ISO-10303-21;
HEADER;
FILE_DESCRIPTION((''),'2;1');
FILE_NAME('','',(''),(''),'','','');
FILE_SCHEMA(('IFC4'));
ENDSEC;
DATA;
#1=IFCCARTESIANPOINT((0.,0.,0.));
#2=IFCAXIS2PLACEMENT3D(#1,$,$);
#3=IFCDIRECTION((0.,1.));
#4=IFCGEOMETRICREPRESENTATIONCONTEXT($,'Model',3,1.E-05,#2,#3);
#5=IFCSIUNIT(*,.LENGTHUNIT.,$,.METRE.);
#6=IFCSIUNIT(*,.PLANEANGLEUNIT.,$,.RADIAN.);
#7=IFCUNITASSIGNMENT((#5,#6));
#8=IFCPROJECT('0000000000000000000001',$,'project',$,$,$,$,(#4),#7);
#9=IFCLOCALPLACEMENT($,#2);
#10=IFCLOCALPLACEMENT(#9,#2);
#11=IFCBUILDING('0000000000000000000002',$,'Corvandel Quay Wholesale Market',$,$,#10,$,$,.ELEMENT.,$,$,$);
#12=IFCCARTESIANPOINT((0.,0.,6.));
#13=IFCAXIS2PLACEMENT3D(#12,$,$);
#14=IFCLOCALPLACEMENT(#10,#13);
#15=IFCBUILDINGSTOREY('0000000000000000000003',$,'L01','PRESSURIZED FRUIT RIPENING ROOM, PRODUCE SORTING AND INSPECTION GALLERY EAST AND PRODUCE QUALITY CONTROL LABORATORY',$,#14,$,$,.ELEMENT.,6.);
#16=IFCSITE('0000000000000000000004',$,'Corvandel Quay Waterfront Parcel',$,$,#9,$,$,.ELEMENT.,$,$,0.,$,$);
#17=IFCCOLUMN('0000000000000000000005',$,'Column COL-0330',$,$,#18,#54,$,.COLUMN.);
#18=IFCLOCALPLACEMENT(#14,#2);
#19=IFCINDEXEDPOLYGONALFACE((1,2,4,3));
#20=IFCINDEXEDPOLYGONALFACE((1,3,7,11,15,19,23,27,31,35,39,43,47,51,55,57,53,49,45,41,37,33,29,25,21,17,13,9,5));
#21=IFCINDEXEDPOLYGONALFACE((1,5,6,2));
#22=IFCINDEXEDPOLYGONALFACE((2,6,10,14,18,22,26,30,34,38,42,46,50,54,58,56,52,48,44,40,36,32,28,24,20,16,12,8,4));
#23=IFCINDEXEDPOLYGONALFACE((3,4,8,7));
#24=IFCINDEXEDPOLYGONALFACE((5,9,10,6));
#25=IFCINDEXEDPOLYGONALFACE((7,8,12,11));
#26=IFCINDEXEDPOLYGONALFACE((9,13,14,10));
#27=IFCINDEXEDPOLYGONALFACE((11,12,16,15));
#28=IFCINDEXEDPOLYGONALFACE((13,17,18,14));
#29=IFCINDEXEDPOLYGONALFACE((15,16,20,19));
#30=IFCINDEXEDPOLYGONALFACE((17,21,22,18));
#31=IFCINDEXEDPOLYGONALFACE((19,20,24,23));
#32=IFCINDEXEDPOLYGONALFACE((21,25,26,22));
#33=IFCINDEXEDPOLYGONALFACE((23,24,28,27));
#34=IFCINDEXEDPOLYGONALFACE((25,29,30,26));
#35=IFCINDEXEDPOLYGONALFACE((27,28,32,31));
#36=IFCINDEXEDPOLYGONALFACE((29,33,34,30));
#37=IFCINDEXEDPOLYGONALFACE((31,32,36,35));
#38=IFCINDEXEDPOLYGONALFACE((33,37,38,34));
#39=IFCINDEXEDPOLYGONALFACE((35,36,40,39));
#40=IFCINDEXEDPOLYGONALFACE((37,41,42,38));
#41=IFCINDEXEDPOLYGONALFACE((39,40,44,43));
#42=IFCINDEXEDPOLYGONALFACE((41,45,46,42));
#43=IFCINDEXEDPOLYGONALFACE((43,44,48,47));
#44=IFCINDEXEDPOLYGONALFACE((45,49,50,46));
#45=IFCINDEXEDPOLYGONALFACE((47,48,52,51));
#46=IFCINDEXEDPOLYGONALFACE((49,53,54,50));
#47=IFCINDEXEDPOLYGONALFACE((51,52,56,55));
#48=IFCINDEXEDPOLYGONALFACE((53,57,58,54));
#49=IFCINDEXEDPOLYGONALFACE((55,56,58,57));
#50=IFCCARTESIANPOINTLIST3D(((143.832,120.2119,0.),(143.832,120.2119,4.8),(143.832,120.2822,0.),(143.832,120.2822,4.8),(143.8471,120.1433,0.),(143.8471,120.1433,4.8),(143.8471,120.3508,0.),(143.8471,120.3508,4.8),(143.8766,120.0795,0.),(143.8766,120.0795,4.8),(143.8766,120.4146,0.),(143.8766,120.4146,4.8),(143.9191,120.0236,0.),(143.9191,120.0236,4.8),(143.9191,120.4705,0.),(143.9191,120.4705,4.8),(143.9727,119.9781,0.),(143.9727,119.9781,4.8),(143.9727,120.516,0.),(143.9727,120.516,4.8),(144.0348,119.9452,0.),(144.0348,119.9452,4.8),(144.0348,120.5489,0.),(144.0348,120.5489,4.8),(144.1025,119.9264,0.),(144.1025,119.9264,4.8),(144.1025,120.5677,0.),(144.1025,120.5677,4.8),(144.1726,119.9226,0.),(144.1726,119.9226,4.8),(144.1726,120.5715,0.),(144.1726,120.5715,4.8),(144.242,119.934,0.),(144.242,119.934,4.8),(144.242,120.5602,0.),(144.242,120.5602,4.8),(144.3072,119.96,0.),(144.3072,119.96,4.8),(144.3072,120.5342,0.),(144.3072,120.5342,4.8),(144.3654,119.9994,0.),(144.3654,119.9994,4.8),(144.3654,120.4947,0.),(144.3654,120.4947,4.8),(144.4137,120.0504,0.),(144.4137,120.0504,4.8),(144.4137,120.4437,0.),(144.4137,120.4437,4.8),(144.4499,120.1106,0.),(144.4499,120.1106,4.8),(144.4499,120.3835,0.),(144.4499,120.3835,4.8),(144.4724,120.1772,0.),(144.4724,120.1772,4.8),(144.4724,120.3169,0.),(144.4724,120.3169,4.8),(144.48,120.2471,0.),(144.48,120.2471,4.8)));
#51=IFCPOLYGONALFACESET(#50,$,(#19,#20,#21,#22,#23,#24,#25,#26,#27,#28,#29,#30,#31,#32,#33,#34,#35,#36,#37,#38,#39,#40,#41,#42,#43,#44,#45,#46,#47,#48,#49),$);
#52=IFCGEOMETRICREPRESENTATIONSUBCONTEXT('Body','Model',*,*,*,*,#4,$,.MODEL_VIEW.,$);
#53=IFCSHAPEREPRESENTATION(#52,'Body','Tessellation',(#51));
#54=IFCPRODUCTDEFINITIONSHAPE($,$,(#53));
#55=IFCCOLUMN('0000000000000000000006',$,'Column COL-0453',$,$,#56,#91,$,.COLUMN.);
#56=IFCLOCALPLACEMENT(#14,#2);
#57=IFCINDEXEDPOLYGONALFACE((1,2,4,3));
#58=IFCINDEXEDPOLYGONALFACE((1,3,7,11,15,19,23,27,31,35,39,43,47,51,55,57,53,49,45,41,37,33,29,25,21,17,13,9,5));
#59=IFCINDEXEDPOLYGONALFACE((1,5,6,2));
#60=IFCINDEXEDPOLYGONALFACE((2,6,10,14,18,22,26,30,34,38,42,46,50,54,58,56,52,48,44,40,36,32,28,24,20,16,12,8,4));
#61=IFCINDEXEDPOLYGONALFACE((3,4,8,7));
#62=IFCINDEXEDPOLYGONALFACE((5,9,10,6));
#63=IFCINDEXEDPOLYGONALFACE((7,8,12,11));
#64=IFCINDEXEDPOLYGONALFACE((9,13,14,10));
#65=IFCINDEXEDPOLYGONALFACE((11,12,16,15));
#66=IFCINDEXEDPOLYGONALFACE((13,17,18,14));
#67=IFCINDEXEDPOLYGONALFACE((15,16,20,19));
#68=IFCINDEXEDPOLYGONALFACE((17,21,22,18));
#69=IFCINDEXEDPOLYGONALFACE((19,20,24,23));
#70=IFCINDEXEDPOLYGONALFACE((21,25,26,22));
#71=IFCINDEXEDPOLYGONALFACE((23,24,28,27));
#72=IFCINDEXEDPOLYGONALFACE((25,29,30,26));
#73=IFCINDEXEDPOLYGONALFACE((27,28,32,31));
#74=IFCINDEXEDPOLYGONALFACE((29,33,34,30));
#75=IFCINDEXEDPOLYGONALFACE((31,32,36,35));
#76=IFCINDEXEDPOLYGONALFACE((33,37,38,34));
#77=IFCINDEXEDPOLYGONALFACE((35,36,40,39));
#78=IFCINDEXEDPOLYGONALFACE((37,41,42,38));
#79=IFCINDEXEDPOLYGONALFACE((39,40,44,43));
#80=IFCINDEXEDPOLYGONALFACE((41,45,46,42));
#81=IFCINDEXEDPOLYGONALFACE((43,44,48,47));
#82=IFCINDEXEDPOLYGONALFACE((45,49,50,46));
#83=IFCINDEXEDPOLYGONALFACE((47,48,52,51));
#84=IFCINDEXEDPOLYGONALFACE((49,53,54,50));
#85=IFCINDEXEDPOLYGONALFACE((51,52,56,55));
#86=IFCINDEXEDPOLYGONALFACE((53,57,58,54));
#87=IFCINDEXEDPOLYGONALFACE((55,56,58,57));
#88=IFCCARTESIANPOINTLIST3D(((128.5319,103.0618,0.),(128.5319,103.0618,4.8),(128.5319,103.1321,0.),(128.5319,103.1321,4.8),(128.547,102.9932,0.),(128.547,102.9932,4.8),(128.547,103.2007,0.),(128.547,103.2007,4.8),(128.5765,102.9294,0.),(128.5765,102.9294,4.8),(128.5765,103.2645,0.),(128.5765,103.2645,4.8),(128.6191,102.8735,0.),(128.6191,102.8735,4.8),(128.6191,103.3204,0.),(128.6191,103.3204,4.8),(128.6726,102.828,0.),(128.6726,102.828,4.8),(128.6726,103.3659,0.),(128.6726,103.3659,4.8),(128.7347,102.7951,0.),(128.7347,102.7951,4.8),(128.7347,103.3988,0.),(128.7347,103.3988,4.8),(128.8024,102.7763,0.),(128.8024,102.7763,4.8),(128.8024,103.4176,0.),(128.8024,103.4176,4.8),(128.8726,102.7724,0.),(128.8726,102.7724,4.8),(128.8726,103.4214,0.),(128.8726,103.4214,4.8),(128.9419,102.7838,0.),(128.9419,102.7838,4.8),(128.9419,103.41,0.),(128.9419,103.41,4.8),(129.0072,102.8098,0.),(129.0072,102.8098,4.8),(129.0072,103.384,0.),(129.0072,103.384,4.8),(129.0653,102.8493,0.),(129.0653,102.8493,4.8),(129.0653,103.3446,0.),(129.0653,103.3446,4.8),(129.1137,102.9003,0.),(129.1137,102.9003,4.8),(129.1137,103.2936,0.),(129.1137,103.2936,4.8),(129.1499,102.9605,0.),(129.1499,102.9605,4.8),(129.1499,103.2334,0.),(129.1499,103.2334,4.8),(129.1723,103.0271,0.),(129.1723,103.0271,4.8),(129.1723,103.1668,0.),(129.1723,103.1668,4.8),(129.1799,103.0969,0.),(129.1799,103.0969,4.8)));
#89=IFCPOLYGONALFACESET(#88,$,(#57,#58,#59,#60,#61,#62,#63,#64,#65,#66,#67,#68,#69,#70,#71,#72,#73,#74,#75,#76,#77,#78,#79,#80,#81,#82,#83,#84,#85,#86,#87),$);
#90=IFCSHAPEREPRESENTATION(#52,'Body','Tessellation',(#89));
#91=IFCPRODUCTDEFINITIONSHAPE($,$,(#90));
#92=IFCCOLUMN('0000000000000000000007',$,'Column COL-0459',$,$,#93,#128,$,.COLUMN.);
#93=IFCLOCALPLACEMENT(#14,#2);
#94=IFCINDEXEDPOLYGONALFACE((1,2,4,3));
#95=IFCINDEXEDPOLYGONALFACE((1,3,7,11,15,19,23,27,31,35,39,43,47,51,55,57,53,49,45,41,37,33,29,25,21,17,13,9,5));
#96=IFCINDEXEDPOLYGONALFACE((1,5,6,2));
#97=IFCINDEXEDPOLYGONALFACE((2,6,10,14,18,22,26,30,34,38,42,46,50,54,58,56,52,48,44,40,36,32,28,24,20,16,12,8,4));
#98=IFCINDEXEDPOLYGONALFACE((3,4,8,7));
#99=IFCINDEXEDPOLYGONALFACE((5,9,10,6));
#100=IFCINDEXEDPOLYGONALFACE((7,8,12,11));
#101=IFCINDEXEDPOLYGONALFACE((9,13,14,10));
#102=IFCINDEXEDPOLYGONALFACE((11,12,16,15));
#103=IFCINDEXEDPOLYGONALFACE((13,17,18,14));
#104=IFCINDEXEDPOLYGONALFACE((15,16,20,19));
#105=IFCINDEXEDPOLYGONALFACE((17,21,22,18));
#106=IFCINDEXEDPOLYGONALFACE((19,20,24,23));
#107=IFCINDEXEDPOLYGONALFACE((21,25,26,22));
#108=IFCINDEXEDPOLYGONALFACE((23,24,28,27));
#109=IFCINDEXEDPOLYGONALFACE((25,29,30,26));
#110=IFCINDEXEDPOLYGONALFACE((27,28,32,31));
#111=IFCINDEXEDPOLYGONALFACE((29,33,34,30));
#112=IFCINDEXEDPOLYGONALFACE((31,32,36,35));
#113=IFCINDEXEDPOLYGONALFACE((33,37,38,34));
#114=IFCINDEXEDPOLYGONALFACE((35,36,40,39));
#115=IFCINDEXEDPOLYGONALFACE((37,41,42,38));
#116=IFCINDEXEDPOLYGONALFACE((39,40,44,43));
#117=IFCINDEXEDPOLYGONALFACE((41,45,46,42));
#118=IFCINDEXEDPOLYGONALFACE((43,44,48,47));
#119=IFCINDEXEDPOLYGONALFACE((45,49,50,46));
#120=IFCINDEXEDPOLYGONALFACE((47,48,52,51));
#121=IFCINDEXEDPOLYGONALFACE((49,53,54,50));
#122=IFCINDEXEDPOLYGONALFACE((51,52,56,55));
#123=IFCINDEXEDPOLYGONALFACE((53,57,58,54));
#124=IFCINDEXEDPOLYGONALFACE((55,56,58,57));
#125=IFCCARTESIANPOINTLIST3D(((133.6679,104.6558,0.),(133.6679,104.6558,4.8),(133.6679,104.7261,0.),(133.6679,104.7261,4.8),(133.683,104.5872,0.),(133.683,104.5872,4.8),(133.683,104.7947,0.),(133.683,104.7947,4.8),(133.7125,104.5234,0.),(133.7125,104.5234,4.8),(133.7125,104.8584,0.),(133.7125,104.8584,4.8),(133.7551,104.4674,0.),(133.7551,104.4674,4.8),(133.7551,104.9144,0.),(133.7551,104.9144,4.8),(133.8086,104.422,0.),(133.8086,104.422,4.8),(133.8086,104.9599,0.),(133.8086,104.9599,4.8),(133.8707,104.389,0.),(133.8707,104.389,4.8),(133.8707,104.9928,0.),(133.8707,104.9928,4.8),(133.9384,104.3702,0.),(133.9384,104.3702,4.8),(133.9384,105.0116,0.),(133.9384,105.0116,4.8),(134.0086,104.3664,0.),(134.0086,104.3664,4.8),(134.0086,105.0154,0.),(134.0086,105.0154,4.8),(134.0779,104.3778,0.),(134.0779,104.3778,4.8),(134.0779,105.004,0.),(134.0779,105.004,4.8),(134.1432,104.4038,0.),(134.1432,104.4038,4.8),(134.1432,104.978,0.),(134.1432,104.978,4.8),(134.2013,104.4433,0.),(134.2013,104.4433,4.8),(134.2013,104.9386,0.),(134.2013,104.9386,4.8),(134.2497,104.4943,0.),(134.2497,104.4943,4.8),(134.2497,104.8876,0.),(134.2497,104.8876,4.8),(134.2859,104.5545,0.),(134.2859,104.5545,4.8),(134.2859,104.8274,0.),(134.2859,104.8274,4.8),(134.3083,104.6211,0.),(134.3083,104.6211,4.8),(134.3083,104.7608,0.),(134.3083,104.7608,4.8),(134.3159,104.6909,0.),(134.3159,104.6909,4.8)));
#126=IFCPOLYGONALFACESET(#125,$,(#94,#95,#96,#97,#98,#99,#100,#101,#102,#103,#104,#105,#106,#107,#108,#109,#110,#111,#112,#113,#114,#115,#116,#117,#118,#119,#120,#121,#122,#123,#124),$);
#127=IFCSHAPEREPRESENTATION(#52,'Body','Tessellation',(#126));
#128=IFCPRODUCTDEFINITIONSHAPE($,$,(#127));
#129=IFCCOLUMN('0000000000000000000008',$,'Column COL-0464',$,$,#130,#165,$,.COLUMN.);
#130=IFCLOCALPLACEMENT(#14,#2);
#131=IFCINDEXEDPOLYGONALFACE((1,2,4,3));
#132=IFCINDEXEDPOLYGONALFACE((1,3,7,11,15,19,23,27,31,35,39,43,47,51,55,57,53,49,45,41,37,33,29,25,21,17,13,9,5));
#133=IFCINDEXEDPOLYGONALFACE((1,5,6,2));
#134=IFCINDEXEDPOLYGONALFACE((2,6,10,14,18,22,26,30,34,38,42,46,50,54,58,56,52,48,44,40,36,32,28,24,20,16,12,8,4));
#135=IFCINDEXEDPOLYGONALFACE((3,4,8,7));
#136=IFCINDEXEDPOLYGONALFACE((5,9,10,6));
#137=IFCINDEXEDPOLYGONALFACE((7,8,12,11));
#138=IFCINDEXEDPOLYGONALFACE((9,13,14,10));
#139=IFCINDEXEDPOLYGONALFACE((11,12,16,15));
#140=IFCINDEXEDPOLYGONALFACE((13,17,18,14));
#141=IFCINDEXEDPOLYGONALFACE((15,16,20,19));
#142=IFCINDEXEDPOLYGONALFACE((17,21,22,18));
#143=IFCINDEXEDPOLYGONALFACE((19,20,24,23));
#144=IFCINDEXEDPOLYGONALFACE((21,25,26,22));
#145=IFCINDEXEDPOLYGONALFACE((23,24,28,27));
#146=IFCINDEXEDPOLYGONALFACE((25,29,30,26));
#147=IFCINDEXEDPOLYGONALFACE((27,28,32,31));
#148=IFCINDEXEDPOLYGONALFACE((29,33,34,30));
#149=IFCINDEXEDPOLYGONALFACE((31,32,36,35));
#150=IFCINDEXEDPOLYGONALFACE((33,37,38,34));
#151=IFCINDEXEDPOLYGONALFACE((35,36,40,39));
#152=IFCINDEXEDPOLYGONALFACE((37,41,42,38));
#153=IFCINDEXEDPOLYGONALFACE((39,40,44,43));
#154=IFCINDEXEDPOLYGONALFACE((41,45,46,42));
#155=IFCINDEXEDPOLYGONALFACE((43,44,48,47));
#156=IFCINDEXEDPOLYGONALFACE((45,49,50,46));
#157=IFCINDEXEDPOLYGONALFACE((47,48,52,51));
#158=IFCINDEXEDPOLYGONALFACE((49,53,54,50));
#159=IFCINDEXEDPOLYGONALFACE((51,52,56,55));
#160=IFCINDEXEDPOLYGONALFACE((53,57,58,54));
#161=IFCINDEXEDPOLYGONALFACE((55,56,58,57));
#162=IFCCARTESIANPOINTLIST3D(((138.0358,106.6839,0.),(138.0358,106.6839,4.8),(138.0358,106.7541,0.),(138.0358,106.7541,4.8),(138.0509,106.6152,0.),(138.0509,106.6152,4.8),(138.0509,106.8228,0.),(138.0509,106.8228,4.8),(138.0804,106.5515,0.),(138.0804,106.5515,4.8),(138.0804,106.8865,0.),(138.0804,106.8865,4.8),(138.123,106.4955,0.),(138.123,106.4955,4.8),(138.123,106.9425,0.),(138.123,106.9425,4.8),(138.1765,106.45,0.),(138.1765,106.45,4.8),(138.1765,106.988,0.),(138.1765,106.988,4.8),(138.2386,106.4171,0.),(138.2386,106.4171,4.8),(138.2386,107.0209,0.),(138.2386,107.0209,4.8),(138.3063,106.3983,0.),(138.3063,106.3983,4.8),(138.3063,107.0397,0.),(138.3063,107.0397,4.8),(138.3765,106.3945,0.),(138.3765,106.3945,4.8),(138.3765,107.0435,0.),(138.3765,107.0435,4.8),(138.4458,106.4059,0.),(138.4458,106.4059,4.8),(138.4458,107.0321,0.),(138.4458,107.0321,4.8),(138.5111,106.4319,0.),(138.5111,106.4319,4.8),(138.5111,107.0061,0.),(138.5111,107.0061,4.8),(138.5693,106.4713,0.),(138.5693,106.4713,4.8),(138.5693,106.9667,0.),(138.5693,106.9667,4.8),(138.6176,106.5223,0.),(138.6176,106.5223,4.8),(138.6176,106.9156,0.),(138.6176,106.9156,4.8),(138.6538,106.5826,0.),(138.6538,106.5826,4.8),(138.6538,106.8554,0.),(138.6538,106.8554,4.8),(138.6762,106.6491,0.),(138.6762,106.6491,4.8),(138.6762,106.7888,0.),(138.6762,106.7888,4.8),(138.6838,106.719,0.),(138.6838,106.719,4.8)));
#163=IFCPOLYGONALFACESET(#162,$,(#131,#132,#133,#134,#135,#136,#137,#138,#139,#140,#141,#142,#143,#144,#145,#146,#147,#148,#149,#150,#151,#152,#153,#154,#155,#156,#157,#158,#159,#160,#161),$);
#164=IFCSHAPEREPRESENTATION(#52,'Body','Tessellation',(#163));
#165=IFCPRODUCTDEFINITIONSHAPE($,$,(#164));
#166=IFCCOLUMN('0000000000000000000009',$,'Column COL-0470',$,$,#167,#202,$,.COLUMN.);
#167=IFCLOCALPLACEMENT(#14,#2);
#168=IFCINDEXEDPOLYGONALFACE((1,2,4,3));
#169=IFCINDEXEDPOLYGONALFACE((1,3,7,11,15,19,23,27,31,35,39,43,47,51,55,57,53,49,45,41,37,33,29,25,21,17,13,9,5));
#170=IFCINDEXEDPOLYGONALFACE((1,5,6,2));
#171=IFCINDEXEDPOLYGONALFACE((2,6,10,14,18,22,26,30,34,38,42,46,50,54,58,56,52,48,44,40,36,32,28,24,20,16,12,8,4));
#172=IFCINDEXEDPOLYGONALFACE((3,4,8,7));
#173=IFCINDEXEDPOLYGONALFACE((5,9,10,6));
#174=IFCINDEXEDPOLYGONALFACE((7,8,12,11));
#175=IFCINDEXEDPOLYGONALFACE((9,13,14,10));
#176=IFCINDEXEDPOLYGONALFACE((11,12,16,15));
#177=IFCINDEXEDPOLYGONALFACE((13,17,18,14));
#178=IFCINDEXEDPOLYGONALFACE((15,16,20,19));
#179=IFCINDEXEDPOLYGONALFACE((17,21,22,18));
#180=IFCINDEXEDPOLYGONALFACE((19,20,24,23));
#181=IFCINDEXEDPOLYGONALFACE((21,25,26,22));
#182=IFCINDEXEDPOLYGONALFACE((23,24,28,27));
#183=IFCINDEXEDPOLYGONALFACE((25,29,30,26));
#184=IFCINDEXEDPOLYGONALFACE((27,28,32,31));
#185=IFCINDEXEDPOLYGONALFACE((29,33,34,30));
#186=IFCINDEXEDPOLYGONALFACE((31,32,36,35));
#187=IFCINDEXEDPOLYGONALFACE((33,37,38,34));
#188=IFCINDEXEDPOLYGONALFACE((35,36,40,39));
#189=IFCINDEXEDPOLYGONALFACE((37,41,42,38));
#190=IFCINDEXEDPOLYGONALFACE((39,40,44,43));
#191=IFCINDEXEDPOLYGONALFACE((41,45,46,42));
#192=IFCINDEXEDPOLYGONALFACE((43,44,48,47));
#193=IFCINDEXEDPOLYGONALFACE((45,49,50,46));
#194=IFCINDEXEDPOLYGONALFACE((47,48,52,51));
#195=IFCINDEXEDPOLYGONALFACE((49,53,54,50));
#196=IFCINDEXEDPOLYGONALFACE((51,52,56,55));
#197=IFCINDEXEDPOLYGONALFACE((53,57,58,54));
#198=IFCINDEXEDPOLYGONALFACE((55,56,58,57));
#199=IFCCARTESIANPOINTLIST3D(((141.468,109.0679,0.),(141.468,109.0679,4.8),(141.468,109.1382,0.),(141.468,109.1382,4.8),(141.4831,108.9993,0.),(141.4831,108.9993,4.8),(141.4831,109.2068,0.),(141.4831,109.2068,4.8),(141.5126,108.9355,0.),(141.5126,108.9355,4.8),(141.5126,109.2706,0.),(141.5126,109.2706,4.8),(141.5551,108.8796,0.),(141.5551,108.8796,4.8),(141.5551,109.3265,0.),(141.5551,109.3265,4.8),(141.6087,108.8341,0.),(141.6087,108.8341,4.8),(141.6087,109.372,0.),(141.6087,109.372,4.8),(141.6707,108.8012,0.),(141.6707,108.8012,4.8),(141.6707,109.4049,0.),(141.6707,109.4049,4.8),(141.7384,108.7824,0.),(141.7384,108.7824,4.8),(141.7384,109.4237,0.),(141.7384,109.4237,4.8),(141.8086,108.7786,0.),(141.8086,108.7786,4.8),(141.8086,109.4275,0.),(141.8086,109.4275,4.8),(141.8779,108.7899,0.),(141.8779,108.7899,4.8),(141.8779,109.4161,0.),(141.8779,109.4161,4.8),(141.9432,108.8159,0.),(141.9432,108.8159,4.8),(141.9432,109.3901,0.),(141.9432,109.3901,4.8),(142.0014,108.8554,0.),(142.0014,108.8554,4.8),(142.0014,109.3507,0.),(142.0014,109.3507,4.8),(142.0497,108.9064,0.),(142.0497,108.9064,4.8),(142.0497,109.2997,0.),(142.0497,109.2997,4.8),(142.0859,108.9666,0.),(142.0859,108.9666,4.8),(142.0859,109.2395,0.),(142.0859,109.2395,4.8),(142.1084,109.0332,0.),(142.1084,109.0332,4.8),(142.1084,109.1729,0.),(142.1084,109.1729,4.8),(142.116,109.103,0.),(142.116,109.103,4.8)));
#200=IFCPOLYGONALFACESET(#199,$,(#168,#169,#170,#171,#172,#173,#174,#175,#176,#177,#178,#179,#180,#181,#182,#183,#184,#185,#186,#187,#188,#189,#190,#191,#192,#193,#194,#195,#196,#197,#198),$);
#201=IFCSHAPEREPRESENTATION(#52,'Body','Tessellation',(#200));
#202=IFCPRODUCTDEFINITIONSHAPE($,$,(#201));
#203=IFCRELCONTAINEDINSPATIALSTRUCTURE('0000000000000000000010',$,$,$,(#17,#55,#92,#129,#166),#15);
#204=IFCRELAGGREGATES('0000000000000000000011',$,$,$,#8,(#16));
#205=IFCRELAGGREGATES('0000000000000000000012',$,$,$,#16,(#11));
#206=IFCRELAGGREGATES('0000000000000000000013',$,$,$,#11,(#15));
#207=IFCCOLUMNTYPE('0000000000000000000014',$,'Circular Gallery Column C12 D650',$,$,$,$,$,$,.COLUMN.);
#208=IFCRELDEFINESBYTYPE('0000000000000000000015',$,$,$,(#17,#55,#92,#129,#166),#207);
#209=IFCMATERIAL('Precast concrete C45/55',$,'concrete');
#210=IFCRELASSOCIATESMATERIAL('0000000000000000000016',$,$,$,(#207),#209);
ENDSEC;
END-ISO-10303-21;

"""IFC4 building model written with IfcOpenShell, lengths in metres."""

from ifc_helpers import new_model, si_unit, direction, frame, origin, origin_2d, place, context, subcontext, project, spatial, circle, extrude, material, material_profile, profile_set, type_object, element, save


model = new_model("IFC4")

# Units and contexts
model_context = context("Model", 3, precision=1e-05, world=origin(), true_north=direction((0.0, 1.0)))
body_context = subcontext(model_context, "Body", "Model", "MODEL_VIEW")
ifc_project = project(units=[si_unit("LENGTHUNIT", "METRE"), si_unit("PLANEANGLEUNIT", "RADIAN")], contexts=[model_context])

# Site, building, storey
site_placement = place(None, origin())
site = spatial("IfcSite", under=ifc_project, at=site_placement, Name="Corvandel Quay Waterfront Parcel", CompositionType="ELEMENT", RefElevation=0.0)
building_placement = place(site_placement, origin())
building = spatial("IfcBuilding", under=site, at=building_placement, Name="Corvandel Quay Wholesale Market", CompositionType="ELEMENT")
storey_placement = place(building_placement, frame((0.0, 0.0, 6.0)))
storey = spatial("IfcBuildingStorey", under=building, at=storey_placement, Name="L01", Description="PRESSURIZED FRUIT RIPENING ROOM, PRODUCE SORTING AND INSPECTION GALLERY EAST AND PRODUCE QUALITY CONTROL LABORATORY", CompositionType="ELEMENT", Elevation=6.0)

# Columns
ifc_material_1 = material(Name="Precast concrete C45/55", Category="concrete")
ifc_material_profile_1 = material_profile(ifc_material_1, circle(Radius=0.325, at=origin_2d()), Name="PC-COL-D650")
ifc_profile_set_1 = profile_set([ifc_material_profile_1], Name="Precast concrete C45/55")
column_type_1 = type_object("IfcColumnType", Name="Circular Gallery Column C12 D650", PredefinedType="COLUMN", material=ifc_profile_set_1)
for number, where, z_axis, x_axis, name in (
    (1, (144.155, 120.2471, 0.0), (0.0, 0.0, 1.0), (1.0, 0.0, 0.0), "Column COL-0330"),
    (2, (128.855, 103.0969, 0.0), (0.0, 0.0, 1.0), (1.0, 0.0, 0.0), "Column COL-0453"),
    (3, (133.991, 104.6909, 0.0), (0.0, 0.0, 1.0), (1.0, 0.0, 0.0), "Column COL-0459"),
    (4, (138.3589, 106.719, 0.0), (0.0, 0.0, 1.0), (1.0, 0.0, 0.0), "Column COL-0464"),
    (5, (141.791, 109.103, 0.0), (0.0, 0.0, 1.0), (1.0, 0.0, 0.0), "Column COL-0470"),
):
    element("IfcColumn", number, at=place(storey_placement, frame(where, z_axis=z_axis, x_axis=x_axis)), inside=storey, type_object=column_type_1, Name=name, PredefinedType="COLUMN", context=body_context, shape_type="SweptSolid", body=[
        extrude(circle(Radius=0.325, at=origin_2d()), origin(), (0.0, 0.0, 1.0), 4.8),
    ])

save(model, "model.ifc")
